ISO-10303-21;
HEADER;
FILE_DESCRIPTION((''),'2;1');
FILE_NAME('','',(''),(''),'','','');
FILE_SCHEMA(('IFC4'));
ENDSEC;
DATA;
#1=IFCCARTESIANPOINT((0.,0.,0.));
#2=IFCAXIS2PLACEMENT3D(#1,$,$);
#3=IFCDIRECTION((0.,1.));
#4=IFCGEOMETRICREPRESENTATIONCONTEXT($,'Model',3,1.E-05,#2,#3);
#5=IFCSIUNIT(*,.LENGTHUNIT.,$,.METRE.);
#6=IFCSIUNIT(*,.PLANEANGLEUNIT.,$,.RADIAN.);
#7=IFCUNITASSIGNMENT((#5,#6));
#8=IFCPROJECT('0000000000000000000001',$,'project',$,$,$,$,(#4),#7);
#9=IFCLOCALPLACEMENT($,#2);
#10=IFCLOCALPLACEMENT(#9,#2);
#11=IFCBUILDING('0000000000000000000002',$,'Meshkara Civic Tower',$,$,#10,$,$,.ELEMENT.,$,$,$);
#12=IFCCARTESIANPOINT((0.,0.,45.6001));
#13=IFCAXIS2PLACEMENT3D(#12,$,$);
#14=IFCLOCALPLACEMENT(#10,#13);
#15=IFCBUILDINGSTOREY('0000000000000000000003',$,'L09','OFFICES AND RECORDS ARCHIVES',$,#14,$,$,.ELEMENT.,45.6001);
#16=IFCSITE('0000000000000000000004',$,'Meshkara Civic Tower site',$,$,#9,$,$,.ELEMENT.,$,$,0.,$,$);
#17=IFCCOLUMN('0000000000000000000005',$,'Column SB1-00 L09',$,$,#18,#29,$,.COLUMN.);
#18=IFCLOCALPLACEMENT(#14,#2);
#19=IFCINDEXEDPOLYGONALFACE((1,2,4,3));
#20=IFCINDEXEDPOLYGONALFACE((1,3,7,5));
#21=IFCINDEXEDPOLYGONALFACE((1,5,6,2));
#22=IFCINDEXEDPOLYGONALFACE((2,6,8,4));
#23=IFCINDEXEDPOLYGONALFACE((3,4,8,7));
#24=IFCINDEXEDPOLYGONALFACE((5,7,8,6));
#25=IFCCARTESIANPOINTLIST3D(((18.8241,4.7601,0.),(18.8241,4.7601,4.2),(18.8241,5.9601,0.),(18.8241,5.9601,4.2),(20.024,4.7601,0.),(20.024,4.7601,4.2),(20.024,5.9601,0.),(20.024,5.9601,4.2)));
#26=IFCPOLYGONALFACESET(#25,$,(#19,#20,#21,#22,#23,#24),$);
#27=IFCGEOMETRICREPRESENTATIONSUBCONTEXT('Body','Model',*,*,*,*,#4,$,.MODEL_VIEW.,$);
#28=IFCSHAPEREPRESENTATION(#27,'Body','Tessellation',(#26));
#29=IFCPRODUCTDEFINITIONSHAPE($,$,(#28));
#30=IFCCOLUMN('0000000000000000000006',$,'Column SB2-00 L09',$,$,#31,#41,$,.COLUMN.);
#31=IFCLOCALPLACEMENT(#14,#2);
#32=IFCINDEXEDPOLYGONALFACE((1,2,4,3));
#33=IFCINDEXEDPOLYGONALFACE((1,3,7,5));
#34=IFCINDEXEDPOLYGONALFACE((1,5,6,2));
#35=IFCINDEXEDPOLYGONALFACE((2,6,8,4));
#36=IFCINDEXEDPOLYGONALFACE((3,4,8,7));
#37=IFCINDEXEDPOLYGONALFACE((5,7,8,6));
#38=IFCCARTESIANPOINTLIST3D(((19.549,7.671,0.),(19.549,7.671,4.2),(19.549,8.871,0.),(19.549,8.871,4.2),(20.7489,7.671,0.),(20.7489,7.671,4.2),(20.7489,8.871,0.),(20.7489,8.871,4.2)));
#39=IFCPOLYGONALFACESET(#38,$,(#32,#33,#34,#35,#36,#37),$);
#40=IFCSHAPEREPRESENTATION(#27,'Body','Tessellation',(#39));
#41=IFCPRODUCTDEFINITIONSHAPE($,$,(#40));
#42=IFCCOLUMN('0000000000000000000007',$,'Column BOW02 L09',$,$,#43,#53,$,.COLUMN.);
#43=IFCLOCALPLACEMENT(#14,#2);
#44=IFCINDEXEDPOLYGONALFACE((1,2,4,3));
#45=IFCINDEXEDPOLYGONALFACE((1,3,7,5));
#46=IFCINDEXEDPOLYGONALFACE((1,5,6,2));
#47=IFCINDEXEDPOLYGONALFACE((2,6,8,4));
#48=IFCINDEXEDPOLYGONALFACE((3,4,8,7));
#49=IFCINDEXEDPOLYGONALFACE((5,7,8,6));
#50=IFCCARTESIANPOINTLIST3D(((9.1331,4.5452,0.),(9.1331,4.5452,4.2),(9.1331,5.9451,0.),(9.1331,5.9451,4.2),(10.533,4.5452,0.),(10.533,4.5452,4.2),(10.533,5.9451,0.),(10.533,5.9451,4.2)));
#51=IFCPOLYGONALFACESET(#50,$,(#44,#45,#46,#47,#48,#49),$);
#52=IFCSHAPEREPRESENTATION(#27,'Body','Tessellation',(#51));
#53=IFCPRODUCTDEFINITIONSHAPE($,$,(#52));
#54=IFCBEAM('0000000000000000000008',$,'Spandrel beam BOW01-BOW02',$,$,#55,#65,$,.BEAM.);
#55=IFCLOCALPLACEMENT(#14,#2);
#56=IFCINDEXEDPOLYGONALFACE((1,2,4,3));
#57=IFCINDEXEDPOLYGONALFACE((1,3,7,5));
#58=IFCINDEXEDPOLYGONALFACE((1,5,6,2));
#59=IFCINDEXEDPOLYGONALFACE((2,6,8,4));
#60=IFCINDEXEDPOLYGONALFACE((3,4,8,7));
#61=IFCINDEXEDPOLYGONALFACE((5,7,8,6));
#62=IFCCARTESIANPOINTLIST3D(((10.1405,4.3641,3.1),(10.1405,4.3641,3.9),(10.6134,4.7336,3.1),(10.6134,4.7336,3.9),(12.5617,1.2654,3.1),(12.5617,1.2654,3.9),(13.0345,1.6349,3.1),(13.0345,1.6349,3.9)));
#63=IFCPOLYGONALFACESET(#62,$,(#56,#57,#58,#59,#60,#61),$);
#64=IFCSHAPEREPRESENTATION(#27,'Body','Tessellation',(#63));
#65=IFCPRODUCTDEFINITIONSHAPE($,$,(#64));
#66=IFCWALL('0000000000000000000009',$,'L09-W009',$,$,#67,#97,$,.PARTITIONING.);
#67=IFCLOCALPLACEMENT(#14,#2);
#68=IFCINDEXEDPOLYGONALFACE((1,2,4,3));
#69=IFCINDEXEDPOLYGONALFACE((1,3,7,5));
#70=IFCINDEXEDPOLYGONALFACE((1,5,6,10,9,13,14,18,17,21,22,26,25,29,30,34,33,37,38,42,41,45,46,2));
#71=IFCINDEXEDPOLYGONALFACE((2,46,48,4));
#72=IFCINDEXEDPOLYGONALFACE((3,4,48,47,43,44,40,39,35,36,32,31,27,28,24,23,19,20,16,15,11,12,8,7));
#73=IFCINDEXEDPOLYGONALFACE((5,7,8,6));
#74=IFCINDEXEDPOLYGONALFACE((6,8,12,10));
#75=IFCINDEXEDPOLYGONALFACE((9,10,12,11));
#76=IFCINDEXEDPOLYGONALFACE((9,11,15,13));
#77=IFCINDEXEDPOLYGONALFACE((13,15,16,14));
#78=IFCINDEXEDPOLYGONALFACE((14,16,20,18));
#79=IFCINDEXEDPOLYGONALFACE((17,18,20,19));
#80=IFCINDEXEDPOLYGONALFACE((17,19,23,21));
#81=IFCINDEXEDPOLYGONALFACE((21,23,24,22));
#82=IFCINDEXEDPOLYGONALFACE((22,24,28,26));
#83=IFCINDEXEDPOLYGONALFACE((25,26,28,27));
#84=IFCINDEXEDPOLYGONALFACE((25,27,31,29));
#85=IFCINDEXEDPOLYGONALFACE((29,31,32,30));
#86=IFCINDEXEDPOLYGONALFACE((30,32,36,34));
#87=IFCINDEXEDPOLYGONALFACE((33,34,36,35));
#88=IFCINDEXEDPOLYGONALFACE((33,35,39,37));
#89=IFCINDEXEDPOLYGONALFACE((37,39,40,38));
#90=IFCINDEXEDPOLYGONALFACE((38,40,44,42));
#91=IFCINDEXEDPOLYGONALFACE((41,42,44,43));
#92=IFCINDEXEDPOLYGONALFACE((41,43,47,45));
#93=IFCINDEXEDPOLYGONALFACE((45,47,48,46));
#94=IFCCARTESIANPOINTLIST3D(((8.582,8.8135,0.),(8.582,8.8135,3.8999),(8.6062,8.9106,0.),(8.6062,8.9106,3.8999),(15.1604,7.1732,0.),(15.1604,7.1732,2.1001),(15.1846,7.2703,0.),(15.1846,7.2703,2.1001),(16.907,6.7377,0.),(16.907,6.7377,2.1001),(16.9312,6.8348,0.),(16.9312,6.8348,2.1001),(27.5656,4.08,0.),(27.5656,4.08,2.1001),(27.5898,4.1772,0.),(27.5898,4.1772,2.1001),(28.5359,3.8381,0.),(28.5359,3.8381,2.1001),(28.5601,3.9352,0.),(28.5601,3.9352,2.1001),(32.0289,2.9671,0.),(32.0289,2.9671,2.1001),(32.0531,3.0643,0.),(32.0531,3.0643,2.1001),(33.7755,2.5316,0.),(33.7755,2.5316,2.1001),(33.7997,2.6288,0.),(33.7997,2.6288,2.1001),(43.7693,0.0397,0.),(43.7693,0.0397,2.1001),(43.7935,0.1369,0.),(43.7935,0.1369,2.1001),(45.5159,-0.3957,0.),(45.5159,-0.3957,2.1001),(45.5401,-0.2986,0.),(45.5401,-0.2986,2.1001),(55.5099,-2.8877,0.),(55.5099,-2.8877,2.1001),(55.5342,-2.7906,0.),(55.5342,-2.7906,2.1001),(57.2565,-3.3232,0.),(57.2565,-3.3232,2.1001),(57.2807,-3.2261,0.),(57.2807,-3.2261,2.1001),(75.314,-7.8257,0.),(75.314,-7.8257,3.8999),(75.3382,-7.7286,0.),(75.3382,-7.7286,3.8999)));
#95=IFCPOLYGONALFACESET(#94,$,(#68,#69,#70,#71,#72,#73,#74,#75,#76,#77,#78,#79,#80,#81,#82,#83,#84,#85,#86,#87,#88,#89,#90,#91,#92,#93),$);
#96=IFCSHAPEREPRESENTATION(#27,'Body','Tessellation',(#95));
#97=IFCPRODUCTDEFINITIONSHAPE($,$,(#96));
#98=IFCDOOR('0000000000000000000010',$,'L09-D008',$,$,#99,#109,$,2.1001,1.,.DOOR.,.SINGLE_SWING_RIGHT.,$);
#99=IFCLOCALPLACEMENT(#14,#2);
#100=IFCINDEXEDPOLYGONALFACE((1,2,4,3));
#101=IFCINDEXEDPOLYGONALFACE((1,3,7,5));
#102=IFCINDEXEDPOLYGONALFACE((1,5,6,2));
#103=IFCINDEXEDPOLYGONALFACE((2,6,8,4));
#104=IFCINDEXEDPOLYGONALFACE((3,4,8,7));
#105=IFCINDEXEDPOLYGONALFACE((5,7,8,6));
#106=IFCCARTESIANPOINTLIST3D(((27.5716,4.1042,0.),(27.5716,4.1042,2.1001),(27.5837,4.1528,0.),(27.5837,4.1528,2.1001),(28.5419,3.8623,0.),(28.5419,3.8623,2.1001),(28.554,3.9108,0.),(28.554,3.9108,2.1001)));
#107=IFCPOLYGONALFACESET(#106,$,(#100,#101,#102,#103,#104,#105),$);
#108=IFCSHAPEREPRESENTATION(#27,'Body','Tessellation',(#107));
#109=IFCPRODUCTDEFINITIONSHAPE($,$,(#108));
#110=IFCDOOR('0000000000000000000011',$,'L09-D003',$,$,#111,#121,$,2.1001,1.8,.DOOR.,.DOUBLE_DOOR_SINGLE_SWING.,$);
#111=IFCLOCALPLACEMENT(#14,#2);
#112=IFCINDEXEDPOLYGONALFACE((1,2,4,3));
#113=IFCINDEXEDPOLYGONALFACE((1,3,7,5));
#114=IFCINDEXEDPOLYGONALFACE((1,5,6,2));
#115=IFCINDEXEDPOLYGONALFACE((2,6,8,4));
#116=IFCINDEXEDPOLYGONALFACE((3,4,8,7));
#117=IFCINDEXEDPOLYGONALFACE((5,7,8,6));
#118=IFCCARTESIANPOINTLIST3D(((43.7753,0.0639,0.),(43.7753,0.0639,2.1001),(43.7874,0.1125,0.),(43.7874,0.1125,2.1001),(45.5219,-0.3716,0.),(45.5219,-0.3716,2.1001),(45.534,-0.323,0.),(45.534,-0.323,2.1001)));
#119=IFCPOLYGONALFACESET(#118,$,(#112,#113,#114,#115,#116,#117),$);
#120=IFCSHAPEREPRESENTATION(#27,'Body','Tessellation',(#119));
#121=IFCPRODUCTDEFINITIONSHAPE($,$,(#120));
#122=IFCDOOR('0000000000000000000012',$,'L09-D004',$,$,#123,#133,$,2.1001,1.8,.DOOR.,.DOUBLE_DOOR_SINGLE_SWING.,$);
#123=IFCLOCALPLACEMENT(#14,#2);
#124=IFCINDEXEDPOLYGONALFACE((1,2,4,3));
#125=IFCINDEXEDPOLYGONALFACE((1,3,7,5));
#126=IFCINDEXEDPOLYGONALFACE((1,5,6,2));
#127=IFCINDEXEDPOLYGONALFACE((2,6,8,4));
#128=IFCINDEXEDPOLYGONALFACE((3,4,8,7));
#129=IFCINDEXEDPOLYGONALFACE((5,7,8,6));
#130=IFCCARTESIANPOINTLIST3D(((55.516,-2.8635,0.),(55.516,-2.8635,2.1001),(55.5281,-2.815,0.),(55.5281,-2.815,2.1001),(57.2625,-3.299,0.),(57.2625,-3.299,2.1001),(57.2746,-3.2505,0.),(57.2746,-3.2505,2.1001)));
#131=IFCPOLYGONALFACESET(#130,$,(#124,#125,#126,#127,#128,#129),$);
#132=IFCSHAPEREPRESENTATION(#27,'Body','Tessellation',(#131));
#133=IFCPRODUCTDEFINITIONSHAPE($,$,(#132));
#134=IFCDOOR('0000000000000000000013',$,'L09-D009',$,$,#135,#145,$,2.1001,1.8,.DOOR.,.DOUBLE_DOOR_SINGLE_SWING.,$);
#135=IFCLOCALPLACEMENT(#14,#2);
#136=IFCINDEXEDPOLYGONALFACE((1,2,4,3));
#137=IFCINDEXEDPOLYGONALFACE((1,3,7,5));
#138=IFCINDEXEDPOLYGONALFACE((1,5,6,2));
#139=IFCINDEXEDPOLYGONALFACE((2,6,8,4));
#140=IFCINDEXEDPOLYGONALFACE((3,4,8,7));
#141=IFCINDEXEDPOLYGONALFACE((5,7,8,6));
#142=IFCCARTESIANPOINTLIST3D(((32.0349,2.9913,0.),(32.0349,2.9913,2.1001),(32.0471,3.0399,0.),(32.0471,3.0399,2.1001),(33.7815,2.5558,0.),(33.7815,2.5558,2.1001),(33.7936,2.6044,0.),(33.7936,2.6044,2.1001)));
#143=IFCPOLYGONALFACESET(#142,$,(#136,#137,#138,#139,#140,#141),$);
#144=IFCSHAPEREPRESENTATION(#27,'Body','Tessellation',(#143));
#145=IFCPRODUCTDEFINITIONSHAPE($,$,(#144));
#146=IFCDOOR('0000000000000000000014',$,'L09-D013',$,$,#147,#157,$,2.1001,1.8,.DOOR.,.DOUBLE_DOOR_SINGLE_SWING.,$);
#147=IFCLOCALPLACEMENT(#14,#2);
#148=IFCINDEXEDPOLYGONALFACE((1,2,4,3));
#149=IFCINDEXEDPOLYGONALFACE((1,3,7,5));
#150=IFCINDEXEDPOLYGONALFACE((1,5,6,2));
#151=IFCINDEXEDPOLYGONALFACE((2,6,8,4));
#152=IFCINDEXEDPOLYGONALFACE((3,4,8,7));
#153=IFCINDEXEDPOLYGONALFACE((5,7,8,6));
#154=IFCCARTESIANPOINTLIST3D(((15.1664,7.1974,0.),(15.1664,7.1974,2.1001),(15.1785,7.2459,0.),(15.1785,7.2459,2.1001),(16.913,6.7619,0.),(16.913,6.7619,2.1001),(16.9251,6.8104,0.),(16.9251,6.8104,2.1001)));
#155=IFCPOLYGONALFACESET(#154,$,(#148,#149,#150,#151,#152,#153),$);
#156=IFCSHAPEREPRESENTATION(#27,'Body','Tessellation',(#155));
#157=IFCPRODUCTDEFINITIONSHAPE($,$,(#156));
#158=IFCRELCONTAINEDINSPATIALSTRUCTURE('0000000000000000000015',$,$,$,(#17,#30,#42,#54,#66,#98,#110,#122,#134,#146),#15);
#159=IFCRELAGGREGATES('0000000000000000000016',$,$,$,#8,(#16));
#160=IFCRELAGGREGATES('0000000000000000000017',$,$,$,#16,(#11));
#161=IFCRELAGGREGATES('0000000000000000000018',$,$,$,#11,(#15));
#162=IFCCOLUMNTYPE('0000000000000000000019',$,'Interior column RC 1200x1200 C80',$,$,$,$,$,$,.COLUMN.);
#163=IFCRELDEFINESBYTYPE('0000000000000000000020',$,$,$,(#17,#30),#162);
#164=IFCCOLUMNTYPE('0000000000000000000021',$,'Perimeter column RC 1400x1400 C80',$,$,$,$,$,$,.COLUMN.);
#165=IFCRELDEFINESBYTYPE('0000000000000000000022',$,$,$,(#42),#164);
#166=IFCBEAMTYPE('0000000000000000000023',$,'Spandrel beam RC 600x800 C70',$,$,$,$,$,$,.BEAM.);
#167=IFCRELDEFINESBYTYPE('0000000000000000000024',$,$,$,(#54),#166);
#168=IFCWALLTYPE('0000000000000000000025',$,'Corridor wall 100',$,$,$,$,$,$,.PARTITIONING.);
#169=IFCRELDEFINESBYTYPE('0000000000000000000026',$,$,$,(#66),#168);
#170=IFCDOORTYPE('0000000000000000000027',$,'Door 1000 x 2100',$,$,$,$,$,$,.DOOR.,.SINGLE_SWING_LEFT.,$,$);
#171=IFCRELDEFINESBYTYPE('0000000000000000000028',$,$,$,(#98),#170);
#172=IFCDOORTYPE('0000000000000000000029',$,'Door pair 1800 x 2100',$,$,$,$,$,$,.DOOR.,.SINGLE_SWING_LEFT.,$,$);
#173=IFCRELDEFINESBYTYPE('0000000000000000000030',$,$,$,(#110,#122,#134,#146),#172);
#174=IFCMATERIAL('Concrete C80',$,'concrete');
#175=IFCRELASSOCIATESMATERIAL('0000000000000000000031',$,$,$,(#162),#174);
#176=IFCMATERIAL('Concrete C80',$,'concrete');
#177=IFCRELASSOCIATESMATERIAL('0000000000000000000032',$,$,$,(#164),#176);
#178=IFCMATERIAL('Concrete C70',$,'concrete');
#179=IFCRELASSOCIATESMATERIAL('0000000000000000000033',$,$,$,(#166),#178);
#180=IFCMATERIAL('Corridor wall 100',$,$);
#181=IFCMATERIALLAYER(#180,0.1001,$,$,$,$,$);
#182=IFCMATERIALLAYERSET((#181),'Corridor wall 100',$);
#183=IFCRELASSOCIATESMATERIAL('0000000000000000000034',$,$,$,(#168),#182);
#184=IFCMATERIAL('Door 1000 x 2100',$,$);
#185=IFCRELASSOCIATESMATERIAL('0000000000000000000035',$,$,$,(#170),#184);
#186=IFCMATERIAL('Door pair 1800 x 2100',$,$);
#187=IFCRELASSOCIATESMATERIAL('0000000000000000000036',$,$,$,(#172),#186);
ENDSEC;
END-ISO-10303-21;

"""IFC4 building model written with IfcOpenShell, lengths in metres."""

from ifc_helpers import new_model, si_unit, direction, frame, frame_2d, origin, origin_2d, place, context, subcontext, project, spatial, rectangle, extrude, material, layer, layer_set, material_profile, profile_set, type_object, element, fill, save


model = new_model("IFC4")

# Units and contexts
model_context = context("Model", 3, precision=1e-05, world=origin(), true_north=direction((0.0, 1.0)))
body_context = subcontext(model_context, "Body", "Model", "MODEL_VIEW")
ifc_project = project(units=[si_unit("LENGTHUNIT", "METRE"), si_unit("PLANEANGLEUNIT", "RADIAN")], contexts=[model_context])

# Site, building, storey
site_placement = place(None, origin())
site = spatial("IfcSite", under=ifc_project, at=site_placement, Name="Meshkara Civic Tower site", CompositionType="ELEMENT", RefElevation=0.0)
building_placement = place(site_placement, origin())
building = spatial("IfcBuilding", under=site, at=building_placement, Name="Meshkara Civic Tower", CompositionType="ELEMENT")
storey_placement = place(building_placement, frame((0.0, 0.0, 45.6001)))
storey = spatial("IfcBuildingStorey", under=building, at=storey_placement, Name="L09", Description="OFFICES AND RECORDS ARCHIVES", CompositionType="ELEMENT", Elevation=45.6001)

# Columns
ifc_material_1 = material(Name="Concrete C80", Category="concrete")
ifc_material_profile_1 = material_profile(ifc_material_1, rectangle(XDim=1.2, YDim=1.2, at=origin_2d()))
ifc_profile_set_1 = profile_set([ifc_material_profile_1], Name="Concrete C80")
column_type_1 = type_object("IfcColumnType", Name="Interior column RC 1200x1200 C80", PredefinedType="COLUMN", material=ifc_profile_set_1)
for number, where, z_axis, x_axis, name in (
    (1, (19.4241, 5.3601, 0.0), (0.0, 0.0, 1.0), (1.0, 0.0, 0.0), "Column SB1-00 L09"),
    (2, (20.1489, 8.271, 0.0), (0.0, 0.0, 1.0), (1.0, 0.0, 0.0), "Column SB2-00 L09"),
):
    element("IfcColumn", number, at=place(storey_placement, frame(where, z_axis=z_axis, x_axis=x_axis)), inside=storey, type_object=column_type_1, Name=name, PredefinedType="COLUMN", context=body_context, shape_type="SweptSolid", body=[
        extrude(rectangle(XDim=1.2, YDim=1.2, at=origin_2d()), origin(), (0.0, 0.0, 1.0), 4.2),
    ])
ifc_material_2 = material(Name="Concrete C80", Category="concrete")
ifc_material_profile_2 = material_profile(ifc_material_2, rectangle(XDim=1.3999, YDim=1.3999, at=origin_2d()))
ifc_profile_set_2 = profile_set([ifc_material_profile_2], Name="Concrete C80")
column_type_2 = type_object("IfcColumnType", Name="Perimeter column RC 1400x1400 C80", PredefinedType="COLUMN", material=ifc_profile_set_2)
column_placement = place(storey_placement, frame((9.833, 5.2451, 0.0), z_axis=(0.0, 0.0, 1.0), x_axis=(1.0, 0.0, 0.0)))
element("IfcColumn", 3, at=column_placement, inside=storey, type_object=column_type_2, Name="Column BOW02 L09", PredefinedType="COLUMN", context=body_context, shape_type="SweptSolid", body=[
    extrude(rectangle(XDim=1.3999, YDim=1.3999, at=origin_2d()), origin(), (0.0, 0.0, 1.0), 4.2),
])

# Beam
ifc_material_3 = material(Name="Concrete C70", Category="concrete")
ifc_material_profile_3 = material_profile(ifc_material_3, rectangle(XDim=0.6001, YDim=0.8, at=origin_2d()))
ifc_profile_set_3 = profile_set([ifc_material_profile_3], Name="Concrete C70")
beam_type = type_object("IfcBeamType", Name="Spandrel beam RC 600x800 C70", PredefinedType="BEAM", material=ifc_profile_set_3)
beam_placement = place(storey_placement, frame((10.377, 4.5488, 3.5), z_axis=(0.615697, -0.787983, 0.0), x_axis=(0.787983, 0.615697, 0.0)))
element("IfcBeam", 4, at=beam_placement, inside=storey, type_object=beam_type, Name="Spandrel beam BOW01-BOW02", PredefinedType="BEAM", context=body_context, shape_type="SweptSolid", body=[
    extrude(rectangle(XDim=0.6001, YDim=0.8, at=origin_2d()), origin(), (0.0, 0.0, 1.0), 3.9324),
])

# Wall, openings, doors
ifc_material_4 = material(Name="Corridor wall 100")
ifc_layer_1 = layer(ifc_material_4, 0.1001)
ifc_layer_set_1 = layer_set([ifc_layer_1], Name="Corridor wall 100")
wall_type_1 = type_object("IfcWallType", Name="Corridor wall 100", PredefinedType="PARTITIONING", material=ifc_layer_set_1)
wall_1_placement = place(storey_placement, frame((8.594, 8.8621, 0.0), z_axis=(0.0, 0.0, 1.0), x_axis=(0.970292, -0.241936, 0.0)))
wall_1 = element("IfcWall", 5, at=wall_1_placement, inside=storey, type_object=wall_type_1, Name="L09-W009", PredefinedType="PARTITIONING", context=body_context, shape_type="SweptSolid", body=[
    extrude(rectangle(XDim=68.7751, YDim=0.1001, at=frame_2d((34.3877, 0.0))), origin(), (0.0, 0.0, 1.0), 3.8999),
])
opening_1_placement = place(wall_1_placement, frame((36.2649, 0.0, 0.0)))
opening_1 = element("IfcOpeningElement", 6, at=opening_1_placement, cuts=wall_1, PredefinedType="OPENING", context=body_context, shape_type="SweptSolid", body=[
    extrude(rectangle(XDim=1.8, YDim=2.1001, at=frame_2d((0.8999, 1.05))), frame((0.0, 0.0601, 0.0), z_axis=(0.0, -1.0, 0.0), x_axis=(1.0, 0.0, 0.0)), (0.0, 0.0, 1.0), 0.1201),
])
opening_2_placement = place(wall_1_placement, frame((48.365, 0.0, 0.0)))
opening_2 = element("IfcOpeningElement", 7, at=opening_2_placement, cuts=wall_1, PredefinedType="OPENING", context=body_context, shape_type="SweptSolid", body=[
    extrude(rectangle(XDim=1.8, YDim=2.1001, at=frame_2d((0.8999, 1.05))), frame((0.0, 0.0601, 0.0), z_axis=(0.0, -1.0, 0.0), x_axis=(1.0, 0.0, 0.0)), (0.0, 0.0, 1.0), 0.1201),
])
opening_3_placement = place(wall_1_placement, frame((19.5649, 0.0, 0.0)))
opening_3 = element("IfcOpeningElement", 8, at=opening_3_placement, cuts=wall_1, PredefinedType="OPENING", context=body_context, shape_type="SweptSolid", body=[
    extrude(rectangle(XDim=1.0, YDim=2.1001, at=frame_2d((0.5, 1.05))), frame((0.0, 0.0601, 0.0), z_axis=(0.0, -1.0, 0.0), x_axis=(1.0, 0.0, 0.0)), (0.0, 0.0, 1.0), 0.1201),
])
opening_4_placement = place(wall_1_placement, frame((24.165, 0.0, 0.0)))
opening_4 = element("IfcOpeningElement", 9, at=opening_4_placement, cuts=wall_1, PredefinedType="OPENING", context=body_context, shape_type="SweptSolid", body=[
    extrude(rectangle(XDim=1.8, YDim=2.1001, at=frame_2d((0.8999, 1.05))), frame((0.0, 0.0601, 0.0), z_axis=(0.0, -1.0, 0.0), x_axis=(1.0, 0.0, 0.0)), (0.0, 0.0, 1.0), 0.1201),
])
opening_5_placement = place(wall_1_placement, frame((6.78, 0.0, 0.0)))
opening_5 = element("IfcOpeningElement", 10, at=opening_5_placement, cuts=wall_1, PredefinedType="OPENING", context=body_context, shape_type="SweptSolid", body=[
    extrude(rectangle(XDim=1.8, YDim=2.1001, at=frame_2d((0.8999, 1.05))), frame((0.0, 0.0601, 0.0), z_axis=(0.0, -1.0, 0.0), x_axis=(1.0, 0.0, 0.0)), (0.0, 0.0, 1.0), 0.1201),
])
ifc_material_5 = material(Name="Door 1000 x 2100")
door_type_1 = type_object("IfcDoorType", Name="Door 1000 x 2100", OperationType="SINGLE_SWING_LEFT", PredefinedType="DOOR", material=ifc_material_5)
door_1_placement = place(opening_3_placement, origin())
door_1 = element("IfcDoor", 11, at=door_1_placement, inside=storey, type_object=door_type_1, Name="L09-D008", OperationType="SINGLE_SWING_RIGHT", OverallHeight=2.1001, OverallWidth=1.0, PredefinedType="DOOR", context=body_context, shape_type="SweptSolid", body=[
    extrude(rectangle(XDim=1.0, YDim=2.1001, at=frame_2d((0.5, 1.05))), frame((0.0, 0.0249, 0.0), z_axis=(0.0, -1.0, 0.0), x_axis=(1.0, 0.0, 0.0)), (0.0, 0.0, 1.0), 0.05),
])
fill(opening_3, door_1)
ifc_material_6 = material(Name="Door pair 1800 x 2100")
door_type_2 = type_object("IfcDoorType", Name="Door pair 1800 x 2100", OperationType="SINGLE_SWING_LEFT", PredefinedType="DOOR", material=ifc_material_6)
door_2_placement = place(opening_1_placement, origin())
door_2 = element("IfcDoor", 12, at=door_2_placement, inside=storey, type_object=door_type_2, Name="L09-D003", OperationType="DOUBLE_DOOR_SINGLE_SWING", OverallHeight=2.1001, OverallWidth=1.8, PredefinedType="DOOR", context=body_context, shape_type="SweptSolid", body=[
    extrude(rectangle(XDim=1.8, YDim=2.1001, at=frame_2d((0.8999, 1.05))), frame((0.0, 0.0249, 0.0), z_axis=(0.0, -1.0, 0.0), x_axis=(1.0, 0.0, 0.0)), (0.0, 0.0, 1.0), 0.05),
])
fill(opening_1, door_2)
door_3_placement = place(opening_2_placement, origin())
door_3 = element("IfcDoor", 13, at=door_3_placement, inside=storey, type_object=door_type_2, Name="L09-D004", OperationType="DOUBLE_DOOR_SINGLE_SWING", OverallHeight=2.1001, OverallWidth=1.8, PredefinedType="DOOR", context=body_context, shape_type="SweptSolid", body=[
    extrude(rectangle(XDim=1.8, YDim=2.1001, at=frame_2d((0.8999, 1.05))), frame((0.0, 0.0249, 0.0), z_axis=(0.0, -1.0, 0.0), x_axis=(1.0, 0.0, 0.0)), (0.0, 0.0, 1.0), 0.05),
])
fill(opening_2, door_3)
door_4_placement = place(opening_4_placement, origin())
door_4 = element("IfcDoor", 14, at=door_4_placement, inside=storey, type_object=door_type_2, Name="L09-D009", OperationType="DOUBLE_DOOR_SINGLE_SWING", OverallHeight=2.1001, OverallWidth=1.8, PredefinedType="DOOR", context=body_context, shape_type="SweptSolid", body=[
    extrude(rectangle(XDim=1.8, YDim=2.1001, at=frame_2d((0.8999, 1.05))), frame((0.0, 0.0249, 0.0), z_axis=(0.0, -1.0, 0.0), x_axis=(1.0, 0.0, 0.0)), (0.0, 0.0, 1.0), 0.05),
])
fill(opening_4, door_4)
door_5_placement = place(opening_5_placement, origin())
door_5 = element("IfcDoor", 15, at=door_5_placement, inside=storey, type_object=door_type_2, Name="L09-D013", OperationType="DOUBLE_DOOR_SINGLE_SWING", OverallHeight=2.1001, OverallWidth=1.8, PredefinedType="DOOR", context=body_context, shape_type="SweptSolid", body=[
    extrude(rectangle(XDim=1.8, YDim=2.1001, at=frame_2d((0.8999, 1.05))), frame((0.0, 0.0249, 0.0), z_axis=(0.0, -1.0, 0.0), x_axis=(1.0, 0.0, 0.0)), (0.0, 0.0, 1.0), 0.05),
])
fill(opening_5, door_5)

save(model, "model.ifc")
